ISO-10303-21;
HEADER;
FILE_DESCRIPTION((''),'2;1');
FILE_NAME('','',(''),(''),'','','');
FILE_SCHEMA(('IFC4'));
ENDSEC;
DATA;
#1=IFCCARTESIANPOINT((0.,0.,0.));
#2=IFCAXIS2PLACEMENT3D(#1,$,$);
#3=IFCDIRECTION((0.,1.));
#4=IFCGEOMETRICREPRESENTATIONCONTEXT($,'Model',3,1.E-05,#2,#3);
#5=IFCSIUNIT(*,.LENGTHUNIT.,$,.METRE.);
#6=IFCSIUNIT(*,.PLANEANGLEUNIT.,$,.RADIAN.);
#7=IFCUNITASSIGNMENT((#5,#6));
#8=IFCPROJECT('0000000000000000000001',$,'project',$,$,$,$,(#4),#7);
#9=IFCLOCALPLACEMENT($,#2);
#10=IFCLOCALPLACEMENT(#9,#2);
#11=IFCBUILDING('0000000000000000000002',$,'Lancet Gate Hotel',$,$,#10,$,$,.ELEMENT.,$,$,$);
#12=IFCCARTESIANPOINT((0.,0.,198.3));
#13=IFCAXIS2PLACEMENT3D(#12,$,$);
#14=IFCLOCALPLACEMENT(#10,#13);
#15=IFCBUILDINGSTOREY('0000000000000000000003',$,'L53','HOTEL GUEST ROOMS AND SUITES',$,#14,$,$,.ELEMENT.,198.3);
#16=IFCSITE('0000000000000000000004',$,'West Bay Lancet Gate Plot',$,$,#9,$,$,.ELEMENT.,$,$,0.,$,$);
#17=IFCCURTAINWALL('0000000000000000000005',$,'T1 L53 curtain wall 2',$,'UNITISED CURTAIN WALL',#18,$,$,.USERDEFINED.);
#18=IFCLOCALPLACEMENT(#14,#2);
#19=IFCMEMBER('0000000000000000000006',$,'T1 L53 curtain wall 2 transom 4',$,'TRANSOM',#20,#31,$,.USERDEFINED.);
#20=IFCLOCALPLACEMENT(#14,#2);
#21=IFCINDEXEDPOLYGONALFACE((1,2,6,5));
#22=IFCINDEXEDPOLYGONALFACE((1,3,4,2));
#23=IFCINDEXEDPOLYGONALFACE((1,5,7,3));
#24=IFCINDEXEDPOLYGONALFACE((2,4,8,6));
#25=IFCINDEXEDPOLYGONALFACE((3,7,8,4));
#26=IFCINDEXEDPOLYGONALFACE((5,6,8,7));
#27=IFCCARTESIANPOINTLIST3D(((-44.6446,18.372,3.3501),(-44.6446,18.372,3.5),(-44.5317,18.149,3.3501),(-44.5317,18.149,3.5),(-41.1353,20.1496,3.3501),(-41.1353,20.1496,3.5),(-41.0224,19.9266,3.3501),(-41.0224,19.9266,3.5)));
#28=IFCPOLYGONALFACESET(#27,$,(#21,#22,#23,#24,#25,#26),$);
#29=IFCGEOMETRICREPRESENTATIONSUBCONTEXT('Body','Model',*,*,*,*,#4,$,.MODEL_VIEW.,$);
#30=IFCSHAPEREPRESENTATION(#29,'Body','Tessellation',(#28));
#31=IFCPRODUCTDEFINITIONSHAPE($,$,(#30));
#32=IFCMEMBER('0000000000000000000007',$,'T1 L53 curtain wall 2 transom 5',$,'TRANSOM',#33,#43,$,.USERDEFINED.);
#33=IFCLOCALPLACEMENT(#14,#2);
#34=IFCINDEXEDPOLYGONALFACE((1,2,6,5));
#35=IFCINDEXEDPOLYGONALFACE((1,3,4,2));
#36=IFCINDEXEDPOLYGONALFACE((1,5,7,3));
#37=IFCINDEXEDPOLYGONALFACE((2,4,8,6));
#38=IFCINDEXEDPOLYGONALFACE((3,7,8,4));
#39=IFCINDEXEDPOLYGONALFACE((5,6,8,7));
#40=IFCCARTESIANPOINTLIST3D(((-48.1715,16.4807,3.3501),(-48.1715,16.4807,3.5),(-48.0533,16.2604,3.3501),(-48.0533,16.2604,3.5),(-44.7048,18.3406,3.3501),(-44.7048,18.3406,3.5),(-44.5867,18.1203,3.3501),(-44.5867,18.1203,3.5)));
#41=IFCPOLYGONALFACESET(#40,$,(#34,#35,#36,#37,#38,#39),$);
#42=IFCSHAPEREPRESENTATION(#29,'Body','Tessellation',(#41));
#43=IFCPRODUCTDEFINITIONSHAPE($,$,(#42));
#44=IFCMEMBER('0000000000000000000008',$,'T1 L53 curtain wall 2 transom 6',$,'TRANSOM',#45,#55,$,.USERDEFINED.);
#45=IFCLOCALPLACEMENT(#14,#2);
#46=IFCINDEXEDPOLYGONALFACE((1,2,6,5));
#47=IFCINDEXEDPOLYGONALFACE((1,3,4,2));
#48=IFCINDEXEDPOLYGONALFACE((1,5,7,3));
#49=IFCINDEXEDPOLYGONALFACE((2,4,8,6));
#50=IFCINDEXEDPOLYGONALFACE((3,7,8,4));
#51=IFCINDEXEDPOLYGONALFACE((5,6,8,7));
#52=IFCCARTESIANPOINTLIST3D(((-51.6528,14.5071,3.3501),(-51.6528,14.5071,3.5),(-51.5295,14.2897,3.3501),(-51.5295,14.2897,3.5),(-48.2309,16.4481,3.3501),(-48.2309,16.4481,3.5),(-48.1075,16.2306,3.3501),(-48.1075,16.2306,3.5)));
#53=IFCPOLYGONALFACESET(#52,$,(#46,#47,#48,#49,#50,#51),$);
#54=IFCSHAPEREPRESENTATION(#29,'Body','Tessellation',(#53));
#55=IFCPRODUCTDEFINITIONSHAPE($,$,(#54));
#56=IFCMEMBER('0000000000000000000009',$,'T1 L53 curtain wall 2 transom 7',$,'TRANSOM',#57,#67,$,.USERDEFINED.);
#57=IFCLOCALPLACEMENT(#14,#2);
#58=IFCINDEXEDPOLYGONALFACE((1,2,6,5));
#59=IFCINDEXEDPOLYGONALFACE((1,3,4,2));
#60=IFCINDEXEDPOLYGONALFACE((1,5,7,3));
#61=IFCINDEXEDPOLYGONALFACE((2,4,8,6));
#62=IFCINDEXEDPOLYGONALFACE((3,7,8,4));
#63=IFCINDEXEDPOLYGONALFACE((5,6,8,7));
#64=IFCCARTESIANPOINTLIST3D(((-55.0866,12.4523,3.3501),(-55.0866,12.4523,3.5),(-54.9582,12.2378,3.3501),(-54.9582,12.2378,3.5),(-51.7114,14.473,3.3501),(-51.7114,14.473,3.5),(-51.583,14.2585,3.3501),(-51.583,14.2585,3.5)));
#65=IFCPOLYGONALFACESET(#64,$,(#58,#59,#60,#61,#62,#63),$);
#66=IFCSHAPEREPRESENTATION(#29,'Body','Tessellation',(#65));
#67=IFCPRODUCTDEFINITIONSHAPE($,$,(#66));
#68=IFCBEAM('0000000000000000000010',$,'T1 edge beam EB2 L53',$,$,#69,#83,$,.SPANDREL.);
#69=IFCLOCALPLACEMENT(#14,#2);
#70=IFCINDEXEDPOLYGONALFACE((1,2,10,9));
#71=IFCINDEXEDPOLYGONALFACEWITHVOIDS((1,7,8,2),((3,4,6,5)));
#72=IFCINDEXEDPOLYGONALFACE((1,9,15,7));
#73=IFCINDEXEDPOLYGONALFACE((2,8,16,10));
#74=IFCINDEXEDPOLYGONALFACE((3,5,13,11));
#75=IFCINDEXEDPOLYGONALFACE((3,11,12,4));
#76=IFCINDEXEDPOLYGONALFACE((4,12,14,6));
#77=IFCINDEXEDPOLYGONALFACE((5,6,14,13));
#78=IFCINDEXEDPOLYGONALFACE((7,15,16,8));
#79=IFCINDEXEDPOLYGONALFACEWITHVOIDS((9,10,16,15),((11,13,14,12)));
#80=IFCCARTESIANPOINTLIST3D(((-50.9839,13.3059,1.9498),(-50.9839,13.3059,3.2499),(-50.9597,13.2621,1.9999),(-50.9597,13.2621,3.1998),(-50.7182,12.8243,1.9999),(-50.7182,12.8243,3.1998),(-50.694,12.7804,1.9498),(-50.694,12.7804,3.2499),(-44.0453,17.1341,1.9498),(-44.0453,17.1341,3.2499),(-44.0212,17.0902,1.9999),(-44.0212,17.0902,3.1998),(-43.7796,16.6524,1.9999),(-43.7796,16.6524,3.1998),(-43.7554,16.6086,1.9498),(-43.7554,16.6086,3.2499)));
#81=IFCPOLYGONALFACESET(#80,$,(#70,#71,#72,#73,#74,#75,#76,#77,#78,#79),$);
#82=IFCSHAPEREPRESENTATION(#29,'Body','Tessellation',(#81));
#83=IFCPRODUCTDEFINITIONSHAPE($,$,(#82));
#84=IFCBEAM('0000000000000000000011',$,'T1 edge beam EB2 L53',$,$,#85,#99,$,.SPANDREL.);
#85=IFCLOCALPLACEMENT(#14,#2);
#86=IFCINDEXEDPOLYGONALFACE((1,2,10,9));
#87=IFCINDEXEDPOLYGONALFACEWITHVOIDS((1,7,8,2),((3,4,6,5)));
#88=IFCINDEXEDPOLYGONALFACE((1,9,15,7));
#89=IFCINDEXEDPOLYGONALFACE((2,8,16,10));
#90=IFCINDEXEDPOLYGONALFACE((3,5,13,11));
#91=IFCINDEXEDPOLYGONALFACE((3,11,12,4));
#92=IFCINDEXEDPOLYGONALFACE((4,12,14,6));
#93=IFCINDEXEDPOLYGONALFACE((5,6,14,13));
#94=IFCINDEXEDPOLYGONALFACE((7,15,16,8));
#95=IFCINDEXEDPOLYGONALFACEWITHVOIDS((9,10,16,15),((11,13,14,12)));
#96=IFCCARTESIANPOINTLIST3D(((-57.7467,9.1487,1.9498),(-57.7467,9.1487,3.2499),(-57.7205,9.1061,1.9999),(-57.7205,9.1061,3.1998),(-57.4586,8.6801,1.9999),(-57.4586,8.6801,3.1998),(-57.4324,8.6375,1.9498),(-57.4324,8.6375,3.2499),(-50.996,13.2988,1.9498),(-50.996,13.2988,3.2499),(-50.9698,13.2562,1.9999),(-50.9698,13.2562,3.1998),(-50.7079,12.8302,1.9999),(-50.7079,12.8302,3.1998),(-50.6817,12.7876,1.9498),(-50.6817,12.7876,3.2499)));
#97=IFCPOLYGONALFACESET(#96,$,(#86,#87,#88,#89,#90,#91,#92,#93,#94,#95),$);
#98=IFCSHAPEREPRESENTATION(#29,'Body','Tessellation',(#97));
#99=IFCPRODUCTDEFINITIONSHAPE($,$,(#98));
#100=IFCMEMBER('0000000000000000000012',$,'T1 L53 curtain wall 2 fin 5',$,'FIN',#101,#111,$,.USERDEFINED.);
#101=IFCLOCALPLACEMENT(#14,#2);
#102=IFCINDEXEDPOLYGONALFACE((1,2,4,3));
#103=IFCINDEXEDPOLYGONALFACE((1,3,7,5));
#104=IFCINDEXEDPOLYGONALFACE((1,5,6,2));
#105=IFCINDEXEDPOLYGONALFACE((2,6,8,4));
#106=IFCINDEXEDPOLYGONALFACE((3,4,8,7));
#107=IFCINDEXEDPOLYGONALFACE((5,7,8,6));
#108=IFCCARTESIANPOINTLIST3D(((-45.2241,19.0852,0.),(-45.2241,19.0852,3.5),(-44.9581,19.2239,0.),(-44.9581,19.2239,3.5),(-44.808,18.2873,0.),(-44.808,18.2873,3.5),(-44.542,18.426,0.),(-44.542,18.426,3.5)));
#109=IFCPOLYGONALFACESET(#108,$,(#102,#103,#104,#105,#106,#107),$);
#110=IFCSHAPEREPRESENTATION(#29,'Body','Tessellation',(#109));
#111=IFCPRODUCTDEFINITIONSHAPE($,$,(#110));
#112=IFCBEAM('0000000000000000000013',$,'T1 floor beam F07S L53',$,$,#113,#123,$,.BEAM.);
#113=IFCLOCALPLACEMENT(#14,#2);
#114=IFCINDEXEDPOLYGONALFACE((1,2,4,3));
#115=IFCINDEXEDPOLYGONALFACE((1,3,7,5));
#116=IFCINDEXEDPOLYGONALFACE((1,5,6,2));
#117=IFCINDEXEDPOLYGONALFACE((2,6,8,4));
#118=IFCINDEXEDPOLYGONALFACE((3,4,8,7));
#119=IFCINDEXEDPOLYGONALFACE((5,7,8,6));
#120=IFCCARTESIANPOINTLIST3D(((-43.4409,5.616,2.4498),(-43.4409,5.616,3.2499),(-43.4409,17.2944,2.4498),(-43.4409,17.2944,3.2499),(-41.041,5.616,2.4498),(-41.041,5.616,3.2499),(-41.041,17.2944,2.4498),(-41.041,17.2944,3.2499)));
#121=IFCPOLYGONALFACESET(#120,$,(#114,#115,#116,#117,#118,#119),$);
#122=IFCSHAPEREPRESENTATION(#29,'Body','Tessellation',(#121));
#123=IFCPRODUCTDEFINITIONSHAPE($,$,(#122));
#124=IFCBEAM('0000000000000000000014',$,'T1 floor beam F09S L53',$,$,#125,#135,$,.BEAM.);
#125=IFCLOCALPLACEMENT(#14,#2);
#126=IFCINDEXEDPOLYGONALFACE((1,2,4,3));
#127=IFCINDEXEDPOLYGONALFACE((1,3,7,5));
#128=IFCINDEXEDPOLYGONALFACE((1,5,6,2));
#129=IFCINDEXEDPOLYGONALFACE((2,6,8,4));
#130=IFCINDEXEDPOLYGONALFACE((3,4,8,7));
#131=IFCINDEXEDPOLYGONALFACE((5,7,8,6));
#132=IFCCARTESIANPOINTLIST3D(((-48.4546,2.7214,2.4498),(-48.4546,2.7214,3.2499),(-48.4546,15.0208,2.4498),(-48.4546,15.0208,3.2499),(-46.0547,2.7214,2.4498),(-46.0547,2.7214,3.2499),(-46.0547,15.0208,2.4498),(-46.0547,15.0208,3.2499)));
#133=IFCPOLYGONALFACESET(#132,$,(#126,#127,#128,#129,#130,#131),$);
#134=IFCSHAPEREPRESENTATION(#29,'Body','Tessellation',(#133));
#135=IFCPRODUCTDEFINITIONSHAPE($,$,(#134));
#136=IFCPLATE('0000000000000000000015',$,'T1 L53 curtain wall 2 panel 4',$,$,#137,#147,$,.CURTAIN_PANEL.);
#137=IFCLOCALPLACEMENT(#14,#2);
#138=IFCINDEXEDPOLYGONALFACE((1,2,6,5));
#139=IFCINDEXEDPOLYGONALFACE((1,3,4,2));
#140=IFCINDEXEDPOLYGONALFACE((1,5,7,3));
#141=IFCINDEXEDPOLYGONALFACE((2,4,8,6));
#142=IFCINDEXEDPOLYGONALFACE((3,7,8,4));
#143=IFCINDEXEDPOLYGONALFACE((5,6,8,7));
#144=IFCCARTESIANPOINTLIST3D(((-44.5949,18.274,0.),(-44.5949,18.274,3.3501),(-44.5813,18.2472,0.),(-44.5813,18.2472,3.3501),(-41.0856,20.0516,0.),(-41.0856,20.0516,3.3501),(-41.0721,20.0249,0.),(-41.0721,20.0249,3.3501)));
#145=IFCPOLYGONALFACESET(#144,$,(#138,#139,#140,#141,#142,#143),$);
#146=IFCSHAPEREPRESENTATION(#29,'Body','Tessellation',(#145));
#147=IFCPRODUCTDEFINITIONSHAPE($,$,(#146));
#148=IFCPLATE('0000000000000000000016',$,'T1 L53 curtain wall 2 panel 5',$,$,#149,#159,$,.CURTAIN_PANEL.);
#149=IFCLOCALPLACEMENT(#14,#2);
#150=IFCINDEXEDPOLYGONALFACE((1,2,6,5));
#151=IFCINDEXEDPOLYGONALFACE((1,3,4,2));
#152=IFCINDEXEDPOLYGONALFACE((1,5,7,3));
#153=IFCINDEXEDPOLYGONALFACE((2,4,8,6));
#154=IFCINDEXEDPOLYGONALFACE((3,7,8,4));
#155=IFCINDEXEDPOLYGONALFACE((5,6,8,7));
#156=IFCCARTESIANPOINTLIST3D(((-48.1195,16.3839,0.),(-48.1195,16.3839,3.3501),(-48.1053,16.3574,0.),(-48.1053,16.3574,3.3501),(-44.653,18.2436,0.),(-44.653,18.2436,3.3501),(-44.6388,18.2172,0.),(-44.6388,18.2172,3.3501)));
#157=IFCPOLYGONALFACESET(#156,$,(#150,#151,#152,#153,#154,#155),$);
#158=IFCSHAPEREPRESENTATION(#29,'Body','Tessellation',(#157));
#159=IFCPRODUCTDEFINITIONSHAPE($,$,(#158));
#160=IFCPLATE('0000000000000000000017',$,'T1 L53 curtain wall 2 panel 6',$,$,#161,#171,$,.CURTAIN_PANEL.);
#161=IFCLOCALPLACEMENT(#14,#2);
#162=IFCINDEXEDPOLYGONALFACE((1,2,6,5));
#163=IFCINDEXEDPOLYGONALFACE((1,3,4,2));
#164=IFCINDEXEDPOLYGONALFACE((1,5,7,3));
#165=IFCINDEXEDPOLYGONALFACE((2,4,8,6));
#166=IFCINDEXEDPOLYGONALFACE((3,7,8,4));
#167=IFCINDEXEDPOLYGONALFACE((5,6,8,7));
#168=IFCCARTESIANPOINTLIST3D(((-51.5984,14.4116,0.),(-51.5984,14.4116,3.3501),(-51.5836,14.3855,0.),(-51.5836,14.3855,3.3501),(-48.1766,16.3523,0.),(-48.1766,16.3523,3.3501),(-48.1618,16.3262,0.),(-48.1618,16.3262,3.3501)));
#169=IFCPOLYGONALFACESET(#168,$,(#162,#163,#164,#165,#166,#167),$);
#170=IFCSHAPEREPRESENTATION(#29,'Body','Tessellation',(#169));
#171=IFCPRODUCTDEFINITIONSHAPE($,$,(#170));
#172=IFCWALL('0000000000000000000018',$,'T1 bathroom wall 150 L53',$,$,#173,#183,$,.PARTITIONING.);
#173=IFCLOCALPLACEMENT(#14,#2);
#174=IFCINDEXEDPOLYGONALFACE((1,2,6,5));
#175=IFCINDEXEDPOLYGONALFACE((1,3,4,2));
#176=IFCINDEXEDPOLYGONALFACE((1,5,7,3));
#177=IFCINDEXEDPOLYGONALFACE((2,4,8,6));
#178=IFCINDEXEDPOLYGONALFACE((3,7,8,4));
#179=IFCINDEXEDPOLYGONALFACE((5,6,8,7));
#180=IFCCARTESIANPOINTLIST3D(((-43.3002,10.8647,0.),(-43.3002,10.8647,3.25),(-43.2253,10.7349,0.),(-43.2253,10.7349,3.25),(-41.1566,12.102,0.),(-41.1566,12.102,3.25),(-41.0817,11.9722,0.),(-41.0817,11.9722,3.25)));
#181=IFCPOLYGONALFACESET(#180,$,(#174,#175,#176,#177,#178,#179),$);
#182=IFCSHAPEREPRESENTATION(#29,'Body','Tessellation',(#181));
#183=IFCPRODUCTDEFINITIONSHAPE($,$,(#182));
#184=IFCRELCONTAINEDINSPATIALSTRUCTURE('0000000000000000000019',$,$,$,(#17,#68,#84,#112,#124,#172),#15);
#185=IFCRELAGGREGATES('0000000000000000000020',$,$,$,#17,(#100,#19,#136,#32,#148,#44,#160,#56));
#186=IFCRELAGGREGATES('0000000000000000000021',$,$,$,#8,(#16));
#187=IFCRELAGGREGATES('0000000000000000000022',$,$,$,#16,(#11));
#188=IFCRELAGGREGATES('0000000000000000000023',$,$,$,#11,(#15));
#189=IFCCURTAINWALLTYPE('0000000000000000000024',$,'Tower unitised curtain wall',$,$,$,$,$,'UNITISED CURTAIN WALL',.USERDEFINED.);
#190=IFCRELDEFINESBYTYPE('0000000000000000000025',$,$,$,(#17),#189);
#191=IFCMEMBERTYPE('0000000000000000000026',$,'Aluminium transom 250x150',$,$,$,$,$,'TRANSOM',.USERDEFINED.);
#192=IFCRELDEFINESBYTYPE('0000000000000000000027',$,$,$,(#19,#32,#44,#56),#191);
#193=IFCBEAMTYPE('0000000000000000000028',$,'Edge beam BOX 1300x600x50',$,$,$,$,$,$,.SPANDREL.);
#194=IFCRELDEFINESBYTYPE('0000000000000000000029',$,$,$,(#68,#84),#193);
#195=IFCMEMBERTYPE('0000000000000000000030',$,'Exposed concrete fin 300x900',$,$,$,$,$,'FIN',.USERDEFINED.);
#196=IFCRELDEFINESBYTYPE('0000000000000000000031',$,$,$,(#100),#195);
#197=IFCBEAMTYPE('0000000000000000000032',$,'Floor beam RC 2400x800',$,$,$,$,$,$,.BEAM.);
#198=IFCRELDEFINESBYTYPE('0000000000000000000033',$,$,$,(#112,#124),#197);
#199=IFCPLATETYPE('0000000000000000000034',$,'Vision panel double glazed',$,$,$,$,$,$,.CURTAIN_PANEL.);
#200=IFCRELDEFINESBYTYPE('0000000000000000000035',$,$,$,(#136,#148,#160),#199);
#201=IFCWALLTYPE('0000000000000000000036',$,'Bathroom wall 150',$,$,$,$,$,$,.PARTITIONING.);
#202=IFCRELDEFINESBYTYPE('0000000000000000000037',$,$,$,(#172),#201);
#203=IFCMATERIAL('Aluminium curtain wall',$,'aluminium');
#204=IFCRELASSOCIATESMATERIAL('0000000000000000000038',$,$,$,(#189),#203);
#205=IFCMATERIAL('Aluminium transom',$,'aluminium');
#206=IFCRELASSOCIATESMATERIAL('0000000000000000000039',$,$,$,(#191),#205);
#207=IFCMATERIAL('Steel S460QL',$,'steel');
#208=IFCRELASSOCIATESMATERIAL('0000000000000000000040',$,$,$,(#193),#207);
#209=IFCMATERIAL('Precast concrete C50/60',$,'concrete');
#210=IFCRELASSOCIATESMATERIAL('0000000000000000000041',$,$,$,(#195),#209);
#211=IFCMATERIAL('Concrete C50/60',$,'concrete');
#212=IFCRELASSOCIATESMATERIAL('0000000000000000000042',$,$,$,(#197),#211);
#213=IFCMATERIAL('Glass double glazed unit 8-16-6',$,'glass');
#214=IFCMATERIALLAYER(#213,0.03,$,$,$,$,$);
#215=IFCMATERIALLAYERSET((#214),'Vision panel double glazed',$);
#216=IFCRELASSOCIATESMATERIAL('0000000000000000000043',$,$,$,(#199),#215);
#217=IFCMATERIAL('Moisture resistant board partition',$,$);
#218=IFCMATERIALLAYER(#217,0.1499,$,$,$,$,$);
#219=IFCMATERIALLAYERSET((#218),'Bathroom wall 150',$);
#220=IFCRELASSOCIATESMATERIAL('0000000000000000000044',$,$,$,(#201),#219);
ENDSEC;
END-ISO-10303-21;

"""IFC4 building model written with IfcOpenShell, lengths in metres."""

from ifc_helpers import new_model, si_unit, direction, frame, frame_2d, origin, origin_2d, place, context, subcontext, project, spatial, rectangle, hollow_rectangle, extrude, material, layer, layer_set, material_profile, profile_set, type_object, element, aggregate, save


model = new_model("IFC4")

# Units and contexts
model_context = context("Model", 3, precision=1e-05, world=origin(), true_north=direction((0.0, 1.0)))
body_context = subcontext(model_context, "Body", "Model", "MODEL_VIEW")
ifc_project = project(units=[si_unit("LENGTHUNIT", "METRE"), si_unit("PLANEANGLEUNIT", "RADIAN")], contexts=[model_context])

# Site, building, storey
site_placement = place(None, origin())
site = spatial("IfcSite", under=ifc_project, at=site_placement, Name="West Bay Lancet Gate Plot", CompositionType="ELEMENT", RefElevation=0.0)
building_placement = place(site_placement, origin())
building = spatial("IfcBuilding", under=site, at=building_placement, Name="Lancet Gate Hotel", CompositionType="ELEMENT")
storey_placement = place(building_placement, frame((0.0, 0.0, 198.3)))
storey = spatial("IfcBuildingStorey", under=building, at=storey_placement, Name="L53", Description="HOTEL GUEST ROOMS AND SUITES", CompositionType="ELEMENT", Elevation=198.3)

# Curtain wall, members
ifc_material_1 = material(Name="Aluminium curtain wall", Category="aluminium")
curtain_wall_type = type_object("IfcCurtainWallType", Name="Tower unitised curtain wall", ElementType="UNITISED CURTAIN WALL", PredefinedType="USERDEFINED", material=ifc_material_1)
curtain_wall_placement = place(storey_placement, origin())
curtain_wall = element("IfcCurtainWall", 1, at=curtain_wall_placement, inside=storey, type_object=curtain_wall_type, Name="T1 L53 curtain wall 2", ObjectType="UNITISED CURTAIN WALL", PredefinedType="USERDEFINED")
ifc_material_2 = material(Name="Aluminium transom", Category="aluminium")
ifc_material_profile_1 = material_profile(ifc_material_2, rectangle(XDim=0.25, YDim=0.1499, at=origin_2d()), Name="TRANSOM 250x150")
ifc_profile_set_1 = profile_set([ifc_material_profile_1], Name="Aluminium transom")
member_type_1 = type_object("IfcMemberType", Name="Aluminium transom 250x150", ElementType="TRANSOM", PredefinedType="USERDEFINED", material=ifc_profile_set_1)
member_1_placement = place(storey_placement, frame((-41.0789, 20.0381, 3.425), z_axis=(-0.892081, -0.451875, 0.0), x_axis=(0.451875, -0.892081, 0.0)))
member_1 = element("IfcMember", 2, at=member_1_placement, type_object=member_type_1, Name="T1 L53 curtain wall 2 transom 4", ObjectType="TRANSOM", PredefinedType="USERDEFINED", context=body_context, shape_type="SweptSolid", body=[
    extrude(rectangle(XDim=0.25, YDim=0.1499, at=origin_2d()), origin(), (0.0, 0.0, 1.0), 3.9338),
])
member_2_placement = place(storey_placement, frame((-44.6458, 18.2305, 3.425), z_axis=(-0.881185, -0.472771, 0.0), x_axis=(0.472771, -0.881185, 0.0)))
member_2 = element("IfcMember", 3, at=member_2_placement, type_object=member_type_1, Name="T1 L53 curtain wall 2 transom 5", ObjectType="TRANSOM", PredefinedType="USERDEFINED", context=body_context, shape_type="SweptSolid", body=[
    extrude(rectangle(XDim=0.25, YDim=0.1499, at=origin_2d()), origin(), (0.0, 0.0, 1.0), 3.9341),
])
member_3_placement = place(storey_placement, frame((-48.1692, 16.3394, 3.425), z_axis=(-0.86982, -0.49337, 0.0), x_axis=(0.49337, -0.86982, 0.0)))
member_3 = element("IfcMember", 4, at=member_3_placement, type_object=member_type_1, Name="T1 L53 curtain wall 2 transom 6", ObjectType="TRANSOM", PredefinedType="USERDEFINED", context=body_context, shape_type="SweptSolid", body=[
    extrude(rectangle(XDim=0.25, YDim=0.1499, at=origin_2d()), origin(), (0.0, 0.0, 1.0), 3.9341),
])
member_4_placement = place(storey_placement, frame((-51.6472, 14.3657, 3.425), z_axis=(-0.857985, -0.513674, 0.0), x_axis=(0.513674, -0.857985, 0.0)))
member_4 = element("IfcMember", 5, at=member_4_placement, type_object=member_type_1, Name="T1 L53 curtain wall 2 transom 7", ObjectType="TRANSOM", PredefinedType="USERDEFINED", context=body_context, shape_type="SweptSolid", body=[
    extrude(rectangle(XDim=0.25, YDim=0.1499, at=origin_2d()), origin(), (0.0, 0.0, 1.0), 3.9338),
])

# Beams
ifc_material_3 = material(Name="Steel S460QL", Category="steel")
ifc_material_profile_2 = material_profile(ifc_material_3, hollow_rectangle(XDim=0.6001, YDim=1.3, WallThickness=0.05, at=origin_2d()), Name="BOX 1300x600x50")
ifc_profile_set_2 = profile_set([ifc_material_profile_2], Name="Steel S460QL")
beam_type_1 = type_object("IfcBeamType", Name="Edge beam BOX 1300x600x50", PredefinedType="SPANDREL", material=ifc_profile_set_2)
beam_1_placement = place(storey_placement, frame((-43.9004, 16.8713, 2.5999), z_axis=(-0.875578, -0.483077, 0.0), x_axis=(0.483077, -0.875578, 0.0)))
element("IfcBeam", 6, at=beam_1_placement, inside=storey, type_object=beam_type_1, Name="T1 edge beam EB2 L53", PredefinedType="SPANDREL", context=body_context, shape_type="SweptSolid", body=[
    extrude(hollow_rectangle(XDim=0.6001, YDim=1.3, WallThickness=0.05, at=origin_2d()), origin(), (0.0, 0.0, 1.0), 7.9246),
])
beam_2_placement = place(storey_placement, frame((-50.8389, 13.0432, 2.5999), z_axis=(-0.851892, -0.523717, 0.0), x_axis=(0.523717, -0.851892, 0.0)))
element("IfcBeam", 7, at=beam_2_placement, inside=storey, type_object=beam_type_1, Name="T1 edge beam EB2 L53", PredefinedType="SPANDREL", context=body_context, shape_type="SweptSolid", body=[
    extrude(hollow_rectangle(XDim=0.6001, YDim=1.3, WallThickness=0.05, at=origin_2d()), origin(), (0.0, 0.0, 1.0), 7.9243),
])

# Member
ifc_material_4 = material(Name="Precast concrete C50/60", Category="concrete")
ifc_material_profile_3 = material_profile(ifc_material_4, rectangle(XDim=0.3, YDim=0.8999, at=origin_2d()), Name="FIN 300x900")
ifc_profile_set_3 = profile_set([ifc_material_profile_3], Name="Precast concrete C50/60")
member_type_2 = type_object("IfcMemberType", Name="Exposed concrete fin 300x900", ElementType="FIN", PredefinedType="USERDEFINED", material=ifc_profile_set_3)
member_5_placement = place(storey_placement, frame((-44.8831, 18.7556, 0.0), z_axis=(0.0, 0.0, 1.0), x_axis=(-0.886694, -0.462356, 0.0)))
member_5 = element("IfcMember", 8, at=member_5_placement, type_object=member_type_2, Name="T1 L53 curtain wall 2 fin 5", ObjectType="FIN", PredefinedType="USERDEFINED", context=body_context, shape_type="SweptSolid", body=[
    extrude(rectangle(XDim=0.3, YDim=0.8999, at=origin_2d()), origin(), (0.0, 0.0, 1.0), 3.5),
])

# Beams
ifc_material_5 = material(Name="Concrete C50/60", Category="concrete")
ifc_material_profile_4 = material_profile(ifc_material_5, rectangle(XDim=2.3999, YDim=0.8, at=origin_2d()), Name="RC 2400x800")
ifc_profile_set_4 = profile_set([ifc_material_profile_4], Name="Concrete C50/60")
beam_type_2 = type_object("IfcBeamType", Name="Floor beam RC 2400x800", PredefinedType="BEAM", material=ifc_profile_set_4)
beam_3_placement = place(storey_placement, frame((-42.241, 17.2944, 2.8499), z_axis=(0.0, -1.0, 0.0), x_axis=(1.0, 0.0, 0.0)))
element("IfcBeam", 9, at=beam_3_placement, inside=storey, type_object=beam_type_2, Name="T1 floor beam F07S L53", PredefinedType="BEAM", context=body_context, shape_type="SweptSolid", body=[
    extrude(rectangle(XDim=2.3999, YDim=0.8, at=origin_2d()), origin(), (0.0, 0.0, 1.0), 11.6785),
])
beam_4_placement = place(storey_placement, frame((-47.2546, 15.0208, 2.8499), z_axis=(0.0, -1.0, 0.0), x_axis=(1.0, 0.0, 0.0)))
element("IfcBeam", 10, at=beam_4_placement, inside=storey, type_object=beam_type_2, Name="T1 floor beam F09S L53", PredefinedType="BEAM", context=body_context, shape_type="SweptSolid", body=[
    extrude(rectangle(XDim=2.3999, YDim=0.8, at=origin_2d()), origin(), (0.0, 0.0, 1.0), 12.2993),
])

# Plates
ifc_material_6 = material(Name="Glass double glazed unit 8-16-6", Category="glass")
ifc_layer_1 = layer(ifc_material_6, 0.03)
ifc_layer_set_1 = layer_set([ifc_layer_1], Name="Vision panel double glazed")
plate_type = type_object("IfcPlateType", Name="Vision panel double glazed", PredefinedType="CURTAIN_PANEL", material=ifc_layer_set_1)
plate_1_placement = place(storey_placement, frame((-42.8335, 19.1494, 0.0), z_axis=(0.0, 0.0, 1.0), x_axis=(-0.892071, -0.451895, 0.0)))
plate_1 = element("IfcPlate", 11, at=plate_1_placement, type_object=plate_type, Name="T1 L53 curtain wall 2 panel 4", PredefinedType="CURTAIN_PANEL", context=body_context, shape_type="SweptSolid", body=[
    extrude(rectangle(XDim=3.9338, YDim=0.03, at=origin_2d()), origin(), (0.0, 0.0, 1.0), 3.3501),
])
plate_2_placement = place(storey_placement, frame((-46.3792, 17.3005, 0.0), z_axis=(0.0, 0.0, 1.0), x_axis=(-0.881195, -0.472753, 0.0)))
plate_2 = element("IfcPlate", 12, at=plate_2_placement, type_object=plate_type, Name="T1 L53 curtain wall 2 panel 5", PredefinedType="CURTAIN_PANEL", context=body_context, shape_type="SweptSolid", body=[
    extrude(rectangle(XDim=3.9338, YDim=0.03, at=origin_2d()), origin(), (0.0, 0.0, 1.0), 3.3501),
])
plate_3_placement = place(storey_placement, frame((-49.8801, 15.3689, 0.0), z_axis=(0.0, 0.0, 1.0), x_axis=(-0.869831, -0.493349, 0.0)))
plate_3 = element("IfcPlate", 13, at=plate_3_placement, type_object=plate_type, Name="T1 L53 curtain wall 2 panel 6", PredefinedType="CURTAIN_PANEL", context=body_context, shape_type="SweptSolid", body=[
    extrude(rectangle(XDim=3.9338, YDim=0.03, at=origin_2d()), origin(), (0.0, 0.0, 1.0), 3.3501),
])
aggregate(curtain_wall, [member_5, member_1, plate_1, member_2, plate_2, member_3, plate_3, member_4])

# Wall
ifc_material_7 = material(Name="Moisture resistant board partition")
ifc_layer_2 = layer(ifc_material_7, 0.1499)
ifc_layer_set_2 = layer_set([ifc_layer_2], Name="Bathroom wall 150")
wall_type_1 = type_object("IfcWallType", Name="Bathroom wall 150", PredefinedType="PARTITIONING", material=ifc_layer_set_2)
wall_1_placement = place(storey_placement, frame((-41.1191, 12.0371, 0.0), z_axis=(0.0, 0.0, 1.0), x_axis=(-0.866074, -0.499916, 0.0)))
element("IfcWall", 14, at=wall_1_placement, inside=storey, type_object=wall_type_1, Name="T1 bathroom wall 150 L53", PredefinedType="PARTITIONING", context=body_context, shape_type="SweptSolid", body=[
    extrude(rectangle(XDim=2.4751, YDim=0.1499, at=frame_2d((1.2375, 0.0))), origin(), (0.0, 0.0, 1.0), 3.25),
])

save(model, "model.ifc")
